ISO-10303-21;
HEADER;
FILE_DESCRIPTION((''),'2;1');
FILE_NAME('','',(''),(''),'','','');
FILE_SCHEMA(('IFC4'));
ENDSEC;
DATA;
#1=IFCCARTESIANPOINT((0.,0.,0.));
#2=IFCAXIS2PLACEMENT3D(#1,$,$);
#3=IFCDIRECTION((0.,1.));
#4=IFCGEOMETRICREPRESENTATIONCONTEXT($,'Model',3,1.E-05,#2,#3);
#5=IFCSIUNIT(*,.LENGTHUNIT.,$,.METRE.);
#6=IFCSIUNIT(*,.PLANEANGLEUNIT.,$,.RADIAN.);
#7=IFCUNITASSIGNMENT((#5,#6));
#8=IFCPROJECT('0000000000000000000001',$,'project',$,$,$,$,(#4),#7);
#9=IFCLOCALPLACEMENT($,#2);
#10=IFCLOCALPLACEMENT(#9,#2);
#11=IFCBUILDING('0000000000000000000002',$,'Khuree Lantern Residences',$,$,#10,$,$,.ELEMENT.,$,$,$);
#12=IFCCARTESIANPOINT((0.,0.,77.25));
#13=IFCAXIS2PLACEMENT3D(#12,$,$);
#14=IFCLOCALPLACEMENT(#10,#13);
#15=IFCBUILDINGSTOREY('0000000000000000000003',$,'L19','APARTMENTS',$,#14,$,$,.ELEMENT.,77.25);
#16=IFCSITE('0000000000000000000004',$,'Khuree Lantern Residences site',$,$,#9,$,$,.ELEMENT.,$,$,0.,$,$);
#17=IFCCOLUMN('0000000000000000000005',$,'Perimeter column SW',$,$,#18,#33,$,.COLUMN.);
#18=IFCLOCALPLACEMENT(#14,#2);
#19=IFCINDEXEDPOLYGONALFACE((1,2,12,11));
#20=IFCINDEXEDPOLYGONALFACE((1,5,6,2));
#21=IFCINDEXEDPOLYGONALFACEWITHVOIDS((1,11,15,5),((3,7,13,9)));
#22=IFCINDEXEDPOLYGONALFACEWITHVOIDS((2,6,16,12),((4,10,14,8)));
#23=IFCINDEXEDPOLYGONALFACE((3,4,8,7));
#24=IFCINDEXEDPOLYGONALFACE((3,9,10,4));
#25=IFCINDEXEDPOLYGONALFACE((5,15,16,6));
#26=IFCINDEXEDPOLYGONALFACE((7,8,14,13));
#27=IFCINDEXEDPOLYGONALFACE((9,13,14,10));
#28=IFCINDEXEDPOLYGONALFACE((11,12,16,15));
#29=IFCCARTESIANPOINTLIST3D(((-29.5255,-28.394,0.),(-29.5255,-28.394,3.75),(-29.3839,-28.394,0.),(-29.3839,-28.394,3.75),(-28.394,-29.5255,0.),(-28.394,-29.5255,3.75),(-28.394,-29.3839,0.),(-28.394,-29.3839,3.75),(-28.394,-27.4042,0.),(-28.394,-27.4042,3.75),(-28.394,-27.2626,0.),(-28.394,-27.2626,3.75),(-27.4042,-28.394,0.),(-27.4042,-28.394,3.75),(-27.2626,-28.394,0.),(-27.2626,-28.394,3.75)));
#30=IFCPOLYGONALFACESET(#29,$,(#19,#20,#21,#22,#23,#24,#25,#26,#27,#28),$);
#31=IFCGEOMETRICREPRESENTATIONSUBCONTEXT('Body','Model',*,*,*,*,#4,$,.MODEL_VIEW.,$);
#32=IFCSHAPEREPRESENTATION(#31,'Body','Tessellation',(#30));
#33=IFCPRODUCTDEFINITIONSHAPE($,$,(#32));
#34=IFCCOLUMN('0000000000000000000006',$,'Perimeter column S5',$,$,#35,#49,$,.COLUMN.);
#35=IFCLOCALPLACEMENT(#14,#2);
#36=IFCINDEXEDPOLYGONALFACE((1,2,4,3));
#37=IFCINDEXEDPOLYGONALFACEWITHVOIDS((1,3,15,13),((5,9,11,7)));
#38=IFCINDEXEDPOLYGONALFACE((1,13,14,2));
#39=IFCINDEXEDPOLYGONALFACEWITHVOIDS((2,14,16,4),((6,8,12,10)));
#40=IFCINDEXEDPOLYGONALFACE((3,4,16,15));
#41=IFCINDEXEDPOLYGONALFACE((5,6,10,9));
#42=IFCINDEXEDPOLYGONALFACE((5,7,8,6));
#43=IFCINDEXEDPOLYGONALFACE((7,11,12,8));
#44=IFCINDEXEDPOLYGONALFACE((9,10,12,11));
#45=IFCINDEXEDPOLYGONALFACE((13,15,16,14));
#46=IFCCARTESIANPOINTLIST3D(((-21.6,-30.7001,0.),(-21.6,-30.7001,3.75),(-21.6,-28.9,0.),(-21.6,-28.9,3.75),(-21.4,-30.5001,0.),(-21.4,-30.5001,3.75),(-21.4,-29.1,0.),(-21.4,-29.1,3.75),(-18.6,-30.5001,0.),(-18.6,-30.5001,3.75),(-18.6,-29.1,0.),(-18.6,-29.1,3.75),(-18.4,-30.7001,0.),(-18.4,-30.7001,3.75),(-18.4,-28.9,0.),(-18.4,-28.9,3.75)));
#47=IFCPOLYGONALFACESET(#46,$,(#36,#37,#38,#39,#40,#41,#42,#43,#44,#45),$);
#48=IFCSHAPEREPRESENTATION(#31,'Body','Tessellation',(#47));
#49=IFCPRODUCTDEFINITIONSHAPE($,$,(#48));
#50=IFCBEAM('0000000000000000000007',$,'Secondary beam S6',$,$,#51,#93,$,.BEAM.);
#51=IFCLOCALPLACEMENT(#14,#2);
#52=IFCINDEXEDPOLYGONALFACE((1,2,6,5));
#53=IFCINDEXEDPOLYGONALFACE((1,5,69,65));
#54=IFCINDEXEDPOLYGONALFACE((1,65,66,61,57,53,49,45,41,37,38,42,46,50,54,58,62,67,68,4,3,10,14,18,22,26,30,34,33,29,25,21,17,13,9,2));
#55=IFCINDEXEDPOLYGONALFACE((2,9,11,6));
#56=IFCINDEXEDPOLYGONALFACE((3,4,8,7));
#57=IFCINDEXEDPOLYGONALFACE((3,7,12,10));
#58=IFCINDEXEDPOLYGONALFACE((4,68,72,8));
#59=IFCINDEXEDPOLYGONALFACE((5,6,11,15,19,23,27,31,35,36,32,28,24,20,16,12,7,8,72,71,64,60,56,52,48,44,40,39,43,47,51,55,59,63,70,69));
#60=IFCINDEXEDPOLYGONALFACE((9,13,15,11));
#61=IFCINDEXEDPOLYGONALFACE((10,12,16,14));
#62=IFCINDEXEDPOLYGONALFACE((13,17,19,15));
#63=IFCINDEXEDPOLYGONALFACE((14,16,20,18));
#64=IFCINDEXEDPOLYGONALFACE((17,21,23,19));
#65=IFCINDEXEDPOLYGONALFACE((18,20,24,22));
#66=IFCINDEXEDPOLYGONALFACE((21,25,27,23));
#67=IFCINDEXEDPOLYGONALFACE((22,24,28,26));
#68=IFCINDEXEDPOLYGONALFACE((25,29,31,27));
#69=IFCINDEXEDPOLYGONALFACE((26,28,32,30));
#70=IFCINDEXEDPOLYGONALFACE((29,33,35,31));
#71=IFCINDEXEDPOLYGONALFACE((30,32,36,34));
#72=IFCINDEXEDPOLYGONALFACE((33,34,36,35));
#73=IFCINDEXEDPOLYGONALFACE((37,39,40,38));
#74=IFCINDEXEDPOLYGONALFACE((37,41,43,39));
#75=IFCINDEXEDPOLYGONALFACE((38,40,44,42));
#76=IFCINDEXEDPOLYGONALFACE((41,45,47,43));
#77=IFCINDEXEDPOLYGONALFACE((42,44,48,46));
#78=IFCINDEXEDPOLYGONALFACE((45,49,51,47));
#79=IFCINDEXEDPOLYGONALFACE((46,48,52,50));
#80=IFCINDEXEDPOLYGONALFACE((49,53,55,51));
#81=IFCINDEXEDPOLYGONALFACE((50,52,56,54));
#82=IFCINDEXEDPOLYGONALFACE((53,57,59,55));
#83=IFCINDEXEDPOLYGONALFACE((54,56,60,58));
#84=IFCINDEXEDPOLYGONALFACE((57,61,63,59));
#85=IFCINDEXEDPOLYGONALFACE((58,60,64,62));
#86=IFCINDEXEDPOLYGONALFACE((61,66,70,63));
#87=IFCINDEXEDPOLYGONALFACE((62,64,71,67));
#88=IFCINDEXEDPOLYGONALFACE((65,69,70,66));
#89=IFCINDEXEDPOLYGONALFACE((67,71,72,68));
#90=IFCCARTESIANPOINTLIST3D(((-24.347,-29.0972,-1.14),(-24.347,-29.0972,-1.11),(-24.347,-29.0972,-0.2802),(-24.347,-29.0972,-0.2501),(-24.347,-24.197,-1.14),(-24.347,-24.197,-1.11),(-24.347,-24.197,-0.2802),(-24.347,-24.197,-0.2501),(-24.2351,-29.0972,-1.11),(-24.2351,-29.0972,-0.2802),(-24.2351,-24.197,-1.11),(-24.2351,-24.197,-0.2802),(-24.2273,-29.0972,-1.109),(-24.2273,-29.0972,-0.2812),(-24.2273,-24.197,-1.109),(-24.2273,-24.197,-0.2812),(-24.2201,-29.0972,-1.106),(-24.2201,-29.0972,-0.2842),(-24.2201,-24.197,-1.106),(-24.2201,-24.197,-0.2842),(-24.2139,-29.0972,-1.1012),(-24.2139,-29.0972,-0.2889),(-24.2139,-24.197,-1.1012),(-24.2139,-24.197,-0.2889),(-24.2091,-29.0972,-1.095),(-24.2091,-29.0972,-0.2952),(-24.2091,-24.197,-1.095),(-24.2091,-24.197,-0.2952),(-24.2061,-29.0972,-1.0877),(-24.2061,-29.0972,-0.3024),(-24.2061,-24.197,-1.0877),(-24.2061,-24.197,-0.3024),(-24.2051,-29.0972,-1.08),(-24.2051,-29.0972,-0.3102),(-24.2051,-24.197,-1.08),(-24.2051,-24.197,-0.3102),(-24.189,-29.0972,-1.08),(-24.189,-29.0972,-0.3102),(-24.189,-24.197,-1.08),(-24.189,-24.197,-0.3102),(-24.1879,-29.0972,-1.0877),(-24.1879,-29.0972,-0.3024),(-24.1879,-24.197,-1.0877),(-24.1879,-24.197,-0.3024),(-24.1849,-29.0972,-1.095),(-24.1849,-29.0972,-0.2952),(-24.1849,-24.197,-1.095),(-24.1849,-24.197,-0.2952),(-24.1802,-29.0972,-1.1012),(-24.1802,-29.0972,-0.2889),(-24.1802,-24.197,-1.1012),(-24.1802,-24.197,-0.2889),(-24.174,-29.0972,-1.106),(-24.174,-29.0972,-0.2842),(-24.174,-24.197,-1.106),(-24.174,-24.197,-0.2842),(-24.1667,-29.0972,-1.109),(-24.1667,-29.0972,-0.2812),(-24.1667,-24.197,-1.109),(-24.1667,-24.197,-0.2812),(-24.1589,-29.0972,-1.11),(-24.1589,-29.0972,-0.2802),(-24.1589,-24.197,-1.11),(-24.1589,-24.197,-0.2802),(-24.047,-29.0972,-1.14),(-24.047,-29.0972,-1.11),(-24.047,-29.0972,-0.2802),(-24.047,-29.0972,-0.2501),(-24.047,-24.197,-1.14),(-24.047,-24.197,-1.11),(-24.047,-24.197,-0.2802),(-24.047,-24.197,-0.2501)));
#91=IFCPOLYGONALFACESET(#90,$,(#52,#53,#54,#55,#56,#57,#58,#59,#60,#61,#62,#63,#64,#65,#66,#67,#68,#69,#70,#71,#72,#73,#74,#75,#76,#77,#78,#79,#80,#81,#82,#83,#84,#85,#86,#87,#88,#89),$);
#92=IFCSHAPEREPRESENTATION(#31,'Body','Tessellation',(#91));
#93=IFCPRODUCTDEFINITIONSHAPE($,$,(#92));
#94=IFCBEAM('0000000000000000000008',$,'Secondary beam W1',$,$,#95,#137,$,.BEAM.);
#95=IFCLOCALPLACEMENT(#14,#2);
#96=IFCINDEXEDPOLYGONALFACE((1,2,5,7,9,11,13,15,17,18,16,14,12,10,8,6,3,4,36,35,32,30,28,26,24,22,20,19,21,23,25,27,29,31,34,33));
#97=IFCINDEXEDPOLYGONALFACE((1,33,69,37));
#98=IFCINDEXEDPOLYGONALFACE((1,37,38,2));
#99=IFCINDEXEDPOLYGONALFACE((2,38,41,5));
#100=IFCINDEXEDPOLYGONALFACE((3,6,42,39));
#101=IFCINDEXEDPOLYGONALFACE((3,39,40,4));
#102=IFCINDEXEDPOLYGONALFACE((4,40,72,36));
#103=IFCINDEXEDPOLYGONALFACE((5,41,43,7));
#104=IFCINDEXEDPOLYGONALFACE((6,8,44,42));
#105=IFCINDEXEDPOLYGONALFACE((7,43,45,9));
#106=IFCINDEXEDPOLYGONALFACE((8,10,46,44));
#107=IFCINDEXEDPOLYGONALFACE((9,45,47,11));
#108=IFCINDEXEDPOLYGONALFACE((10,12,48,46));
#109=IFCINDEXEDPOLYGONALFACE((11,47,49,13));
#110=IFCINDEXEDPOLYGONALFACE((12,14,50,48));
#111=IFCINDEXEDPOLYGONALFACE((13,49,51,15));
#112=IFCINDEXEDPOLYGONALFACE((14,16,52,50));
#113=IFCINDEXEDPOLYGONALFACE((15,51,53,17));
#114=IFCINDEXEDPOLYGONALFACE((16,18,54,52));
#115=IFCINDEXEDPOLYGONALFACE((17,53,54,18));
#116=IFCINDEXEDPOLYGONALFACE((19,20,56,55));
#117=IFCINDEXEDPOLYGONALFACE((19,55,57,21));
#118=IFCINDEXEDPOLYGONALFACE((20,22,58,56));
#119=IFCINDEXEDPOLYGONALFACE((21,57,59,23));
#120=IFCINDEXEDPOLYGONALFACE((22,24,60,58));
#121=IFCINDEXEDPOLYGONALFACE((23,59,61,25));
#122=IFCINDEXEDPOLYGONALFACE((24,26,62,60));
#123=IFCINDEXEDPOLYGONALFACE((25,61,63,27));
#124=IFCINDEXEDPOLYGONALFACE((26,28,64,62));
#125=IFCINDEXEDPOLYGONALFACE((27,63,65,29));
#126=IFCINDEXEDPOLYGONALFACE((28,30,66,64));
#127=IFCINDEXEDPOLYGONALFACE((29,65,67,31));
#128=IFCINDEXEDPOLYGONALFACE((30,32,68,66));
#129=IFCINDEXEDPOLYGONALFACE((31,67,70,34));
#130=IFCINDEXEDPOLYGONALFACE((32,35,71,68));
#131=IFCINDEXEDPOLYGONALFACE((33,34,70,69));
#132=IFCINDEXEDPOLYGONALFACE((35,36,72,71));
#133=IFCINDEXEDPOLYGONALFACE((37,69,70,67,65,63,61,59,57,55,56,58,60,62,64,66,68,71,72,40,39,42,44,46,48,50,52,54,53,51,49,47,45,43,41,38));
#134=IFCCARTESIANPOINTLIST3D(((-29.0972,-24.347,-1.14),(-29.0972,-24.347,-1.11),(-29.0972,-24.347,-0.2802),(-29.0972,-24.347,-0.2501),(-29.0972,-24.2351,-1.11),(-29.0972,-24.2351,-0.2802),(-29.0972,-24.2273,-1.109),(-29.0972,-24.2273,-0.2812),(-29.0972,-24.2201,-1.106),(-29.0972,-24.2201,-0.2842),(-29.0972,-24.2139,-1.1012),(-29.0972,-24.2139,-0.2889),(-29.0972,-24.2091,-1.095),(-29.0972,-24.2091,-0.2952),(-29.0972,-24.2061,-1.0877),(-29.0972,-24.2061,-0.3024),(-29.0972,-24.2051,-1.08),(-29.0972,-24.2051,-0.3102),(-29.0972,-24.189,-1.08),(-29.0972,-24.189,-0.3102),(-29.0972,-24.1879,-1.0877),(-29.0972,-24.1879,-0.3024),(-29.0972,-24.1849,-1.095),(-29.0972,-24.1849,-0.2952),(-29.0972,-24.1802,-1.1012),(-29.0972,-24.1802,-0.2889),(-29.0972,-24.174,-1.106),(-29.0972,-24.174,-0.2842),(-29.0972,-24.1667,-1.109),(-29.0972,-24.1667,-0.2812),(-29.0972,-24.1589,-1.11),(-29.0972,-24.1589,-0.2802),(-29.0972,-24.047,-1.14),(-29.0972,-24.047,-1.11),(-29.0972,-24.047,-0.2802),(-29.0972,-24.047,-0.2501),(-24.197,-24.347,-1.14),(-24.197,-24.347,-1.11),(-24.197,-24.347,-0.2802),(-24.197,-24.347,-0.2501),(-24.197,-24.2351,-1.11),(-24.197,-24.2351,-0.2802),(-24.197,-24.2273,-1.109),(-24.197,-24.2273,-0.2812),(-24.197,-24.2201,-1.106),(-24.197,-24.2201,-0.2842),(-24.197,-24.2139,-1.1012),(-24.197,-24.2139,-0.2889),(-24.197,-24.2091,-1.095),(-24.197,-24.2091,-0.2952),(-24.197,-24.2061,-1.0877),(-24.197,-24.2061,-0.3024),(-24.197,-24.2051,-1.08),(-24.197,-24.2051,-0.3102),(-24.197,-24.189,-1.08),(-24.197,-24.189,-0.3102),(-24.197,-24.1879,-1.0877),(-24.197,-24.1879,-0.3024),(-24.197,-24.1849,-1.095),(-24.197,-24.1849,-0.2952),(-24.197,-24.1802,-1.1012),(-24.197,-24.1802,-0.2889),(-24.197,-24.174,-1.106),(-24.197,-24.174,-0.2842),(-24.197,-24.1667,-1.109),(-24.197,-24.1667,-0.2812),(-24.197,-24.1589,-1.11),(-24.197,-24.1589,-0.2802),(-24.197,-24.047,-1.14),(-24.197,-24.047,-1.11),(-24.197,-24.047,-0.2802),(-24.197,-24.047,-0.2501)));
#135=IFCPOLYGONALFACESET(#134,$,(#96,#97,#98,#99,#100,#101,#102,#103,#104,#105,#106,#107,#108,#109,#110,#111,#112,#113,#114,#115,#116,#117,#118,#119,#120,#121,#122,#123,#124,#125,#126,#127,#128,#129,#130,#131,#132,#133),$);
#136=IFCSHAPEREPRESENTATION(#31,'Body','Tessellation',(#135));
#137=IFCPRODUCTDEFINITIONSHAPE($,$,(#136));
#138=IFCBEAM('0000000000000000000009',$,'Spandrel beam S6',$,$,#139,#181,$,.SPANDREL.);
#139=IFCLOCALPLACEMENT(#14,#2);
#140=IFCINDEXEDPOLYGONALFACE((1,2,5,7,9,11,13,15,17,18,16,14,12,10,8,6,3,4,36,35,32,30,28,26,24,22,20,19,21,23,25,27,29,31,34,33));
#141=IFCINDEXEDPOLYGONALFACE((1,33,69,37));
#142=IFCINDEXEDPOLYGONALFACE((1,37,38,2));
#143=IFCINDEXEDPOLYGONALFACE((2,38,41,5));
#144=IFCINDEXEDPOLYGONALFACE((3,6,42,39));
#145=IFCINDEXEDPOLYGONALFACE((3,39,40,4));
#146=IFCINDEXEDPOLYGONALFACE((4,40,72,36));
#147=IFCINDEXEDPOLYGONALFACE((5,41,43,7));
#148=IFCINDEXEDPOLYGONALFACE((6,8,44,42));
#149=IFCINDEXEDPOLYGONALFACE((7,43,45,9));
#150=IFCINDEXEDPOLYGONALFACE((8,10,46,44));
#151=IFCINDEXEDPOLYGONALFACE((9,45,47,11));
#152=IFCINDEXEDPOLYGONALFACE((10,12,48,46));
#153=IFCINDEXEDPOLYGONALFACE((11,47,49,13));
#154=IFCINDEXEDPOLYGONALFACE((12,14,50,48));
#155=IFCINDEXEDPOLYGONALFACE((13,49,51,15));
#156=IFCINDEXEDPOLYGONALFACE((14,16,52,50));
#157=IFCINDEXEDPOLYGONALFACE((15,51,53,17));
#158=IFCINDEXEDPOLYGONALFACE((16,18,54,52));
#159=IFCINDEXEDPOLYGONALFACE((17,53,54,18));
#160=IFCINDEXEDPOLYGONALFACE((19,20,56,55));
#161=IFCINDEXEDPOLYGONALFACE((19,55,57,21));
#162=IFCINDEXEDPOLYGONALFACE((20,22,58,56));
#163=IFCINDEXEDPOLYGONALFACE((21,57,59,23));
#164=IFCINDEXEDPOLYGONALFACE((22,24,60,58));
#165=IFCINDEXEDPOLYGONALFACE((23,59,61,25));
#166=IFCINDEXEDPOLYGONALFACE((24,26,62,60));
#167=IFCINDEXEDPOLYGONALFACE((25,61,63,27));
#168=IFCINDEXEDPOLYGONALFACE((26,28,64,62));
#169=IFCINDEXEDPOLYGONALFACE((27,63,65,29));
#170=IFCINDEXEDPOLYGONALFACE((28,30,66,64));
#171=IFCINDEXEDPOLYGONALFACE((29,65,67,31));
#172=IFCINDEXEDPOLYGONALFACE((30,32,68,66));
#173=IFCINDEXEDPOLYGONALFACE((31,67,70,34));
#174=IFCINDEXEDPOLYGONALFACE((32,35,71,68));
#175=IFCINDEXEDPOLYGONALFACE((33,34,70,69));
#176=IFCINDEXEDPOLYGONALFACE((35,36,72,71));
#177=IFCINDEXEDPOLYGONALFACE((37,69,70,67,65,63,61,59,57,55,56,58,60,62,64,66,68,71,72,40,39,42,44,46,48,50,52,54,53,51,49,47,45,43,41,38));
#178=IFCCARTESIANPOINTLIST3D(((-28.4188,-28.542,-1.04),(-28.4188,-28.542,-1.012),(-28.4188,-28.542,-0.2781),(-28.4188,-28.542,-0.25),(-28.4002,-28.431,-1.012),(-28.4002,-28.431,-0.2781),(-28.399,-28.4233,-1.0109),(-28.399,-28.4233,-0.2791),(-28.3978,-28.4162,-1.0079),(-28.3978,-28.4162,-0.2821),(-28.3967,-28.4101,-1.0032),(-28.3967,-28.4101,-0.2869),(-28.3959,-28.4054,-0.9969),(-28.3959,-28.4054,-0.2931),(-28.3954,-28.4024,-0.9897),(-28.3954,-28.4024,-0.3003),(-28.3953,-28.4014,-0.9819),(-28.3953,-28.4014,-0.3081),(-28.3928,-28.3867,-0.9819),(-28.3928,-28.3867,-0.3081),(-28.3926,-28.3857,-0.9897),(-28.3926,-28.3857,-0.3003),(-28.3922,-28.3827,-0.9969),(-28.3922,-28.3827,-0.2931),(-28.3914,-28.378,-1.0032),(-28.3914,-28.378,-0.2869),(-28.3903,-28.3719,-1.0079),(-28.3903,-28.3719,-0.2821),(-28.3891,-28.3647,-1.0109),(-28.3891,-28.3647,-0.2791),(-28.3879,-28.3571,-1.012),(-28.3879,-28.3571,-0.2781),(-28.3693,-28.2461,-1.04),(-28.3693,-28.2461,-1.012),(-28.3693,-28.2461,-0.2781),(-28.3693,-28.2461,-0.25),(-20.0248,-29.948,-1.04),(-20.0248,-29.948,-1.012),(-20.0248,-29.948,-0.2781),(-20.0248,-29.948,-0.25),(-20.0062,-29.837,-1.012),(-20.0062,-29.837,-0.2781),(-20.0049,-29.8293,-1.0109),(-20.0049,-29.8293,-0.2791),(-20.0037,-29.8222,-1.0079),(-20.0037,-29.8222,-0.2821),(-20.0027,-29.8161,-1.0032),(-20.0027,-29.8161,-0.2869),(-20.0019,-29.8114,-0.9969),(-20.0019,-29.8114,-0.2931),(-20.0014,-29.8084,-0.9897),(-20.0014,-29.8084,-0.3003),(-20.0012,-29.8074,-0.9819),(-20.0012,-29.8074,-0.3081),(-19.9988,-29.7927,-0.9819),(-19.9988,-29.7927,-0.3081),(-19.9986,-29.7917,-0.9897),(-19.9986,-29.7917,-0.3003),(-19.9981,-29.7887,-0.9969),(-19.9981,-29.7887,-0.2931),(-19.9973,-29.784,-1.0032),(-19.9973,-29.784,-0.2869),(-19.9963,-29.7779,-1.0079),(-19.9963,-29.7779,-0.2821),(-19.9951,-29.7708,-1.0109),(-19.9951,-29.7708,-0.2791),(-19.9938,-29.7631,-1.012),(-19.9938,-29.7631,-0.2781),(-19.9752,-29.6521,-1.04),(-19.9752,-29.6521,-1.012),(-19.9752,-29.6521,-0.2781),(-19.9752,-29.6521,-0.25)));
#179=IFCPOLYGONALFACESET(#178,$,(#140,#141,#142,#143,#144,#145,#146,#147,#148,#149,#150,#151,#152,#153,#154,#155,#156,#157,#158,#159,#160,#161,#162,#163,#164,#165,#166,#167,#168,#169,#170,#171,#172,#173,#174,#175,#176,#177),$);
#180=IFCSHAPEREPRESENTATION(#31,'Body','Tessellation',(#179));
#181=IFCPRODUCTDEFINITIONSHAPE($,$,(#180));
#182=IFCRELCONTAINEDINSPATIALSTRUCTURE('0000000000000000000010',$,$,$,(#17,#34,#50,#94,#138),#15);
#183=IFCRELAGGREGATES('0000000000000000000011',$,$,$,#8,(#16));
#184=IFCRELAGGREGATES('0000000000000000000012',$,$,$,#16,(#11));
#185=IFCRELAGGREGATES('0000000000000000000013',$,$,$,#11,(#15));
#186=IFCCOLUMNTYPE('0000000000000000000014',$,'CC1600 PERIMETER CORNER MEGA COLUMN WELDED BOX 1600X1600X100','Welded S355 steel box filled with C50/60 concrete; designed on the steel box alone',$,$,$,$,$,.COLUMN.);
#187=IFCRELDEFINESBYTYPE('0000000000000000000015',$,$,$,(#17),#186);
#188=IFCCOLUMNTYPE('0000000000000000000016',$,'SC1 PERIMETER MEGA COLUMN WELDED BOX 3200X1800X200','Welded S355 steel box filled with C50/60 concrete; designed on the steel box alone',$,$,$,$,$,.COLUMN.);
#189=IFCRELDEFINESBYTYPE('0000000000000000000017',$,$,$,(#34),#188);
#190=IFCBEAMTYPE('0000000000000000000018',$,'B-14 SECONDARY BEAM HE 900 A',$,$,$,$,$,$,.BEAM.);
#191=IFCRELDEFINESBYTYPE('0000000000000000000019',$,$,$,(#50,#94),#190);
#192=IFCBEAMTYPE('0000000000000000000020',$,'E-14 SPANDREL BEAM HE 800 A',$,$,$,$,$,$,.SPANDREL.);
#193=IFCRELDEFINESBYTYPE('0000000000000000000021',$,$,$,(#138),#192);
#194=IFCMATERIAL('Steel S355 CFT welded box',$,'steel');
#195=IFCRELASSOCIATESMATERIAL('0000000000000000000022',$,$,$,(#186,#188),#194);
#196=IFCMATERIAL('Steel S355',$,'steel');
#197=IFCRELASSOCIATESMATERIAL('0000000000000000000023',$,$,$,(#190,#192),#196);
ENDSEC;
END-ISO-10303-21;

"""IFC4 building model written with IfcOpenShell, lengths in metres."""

from ifc_helpers import new_model, si_unit, direction, frame, origin, origin_2d, place, context, subcontext, project, spatial, hollow_rectangle, i_section, extrude, material, material_profile, profile_set, type_object, element, save


model = new_model("IFC4")

# Units and contexts
model_context = context("Model", 3, precision=1e-05, world=origin(), true_north=direction((0.0, 1.0)))
body_context = subcontext(model_context, "Body", "Model", "MODEL_VIEW")
ifc_project = project(units=[si_unit("LENGTHUNIT", "METRE"), si_unit("PLANEANGLEUNIT", "RADIAN")], contexts=[model_context])

# Site, building, storey
site_placement = place(None, origin())
site = spatial("IfcSite", under=ifc_project, at=site_placement, Name="Khuree Lantern Residences site", CompositionType="ELEMENT", RefElevation=0.0)
building_placement = place(site_placement, origin())
building = spatial("IfcBuilding", under=site, at=building_placement, Name="Khuree Lantern Residences", CompositionType="ELEMENT")
storey_placement = place(building_placement, frame((0.0, 0.0, 77.25)))
storey = spatial("IfcBuildingStorey", under=building, at=storey_placement, Name="L19", Description="APARTMENTS", CompositionType="ELEMENT", Elevation=77.25)

# Columns
ifc_material_1 = material(Name="Steel S355 CFT welded box", Category="steel")
ifc_material_profile_1 = material_profile(ifc_material_1, hollow_rectangle(XDim=1.6001, YDim=1.6001, WallThickness=0.1001, at=origin_2d()), Name="WELDED BOX 1600X1600X100")
ifc_profile_set_1 = profile_set([ifc_material_profile_1], Name="Steel S355 CFT welded box")
column_type_1 = type_object("IfcColumnType", Name="CC1600 PERIMETER CORNER MEGA COLUMN WELDED BOX 1600X1600X100", Description="Welded S355 steel box filled with C50/60 concrete; designed on the steel box alone", PredefinedType="COLUMN", material=ifc_profile_set_1)
column_1_placement = place(storey_placement, frame((-28.394, -28.394, 0.0), z_axis=(0.0, 0.0, 1.0), x_axis=(0.707107, -0.707107, 0.0)))
element("IfcColumn", 1, at=column_1_placement, inside=storey, type_object=column_type_1, Name="Perimeter column SW", PredefinedType="COLUMN", context=body_context, shape_type="SweptSolid", body=[
    extrude(hollow_rectangle(XDim=1.6001, YDim=1.6001, WallThickness=0.1001, at=origin_2d()), origin(), (0.0, 0.0, 1.0), 3.75),
])
ifc_material_profile_2 = material_profile(ifc_material_1, hollow_rectangle(XDim=3.2, YDim=1.8, WallThickness=0.2, at=origin_2d()), Name="WELDED BOX 3200X1800X200")
ifc_profile_set_2 = profile_set([ifc_material_profile_2], Name="Steel S355 CFT welded box")
column_type_2 = type_object("IfcColumnType", Name="SC1 PERIMETER MEGA COLUMN WELDED BOX 3200X1800X200", Description="Welded S355 steel box filled with C50/60 concrete; designed on the steel box alone", PredefinedType="COLUMN", material=ifc_profile_set_2)
column_2_placement = place(storey_placement, frame((-20.0, -29.8, 0.0), z_axis=(0.0, 0.0, 1.0), x_axis=(1.0, 0.0, 0.0)))
element("IfcColumn", 2, at=column_2_placement, inside=storey, type_object=column_type_2, Name="Perimeter column S5", PredefinedType="COLUMN", context=body_context, shape_type="SweptSolid", body=[
    extrude(hollow_rectangle(XDim=3.2, YDim=1.8, WallThickness=0.2, at=origin_2d()), origin(), (0.0, 0.0, 1.0), 3.75),
])

# Beams
ifc_material_2 = material(Name="Steel S355", Category="steel")
ifc_material_profile_3 = material_profile(ifc_material_2, i_section(OverallWidth=0.3, OverallDepth=0.8899, WebThickness=0.0161, FlangeThickness=0.03, FilletRadius=0.03, at=origin_2d()), Name="HE 900 A")
ifc_profile_set_3 = profile_set([ifc_material_profile_3], Name="Steel S355")
beam_type_1 = type_object("IfcBeamType", Name="B-14 SECONDARY BEAM HE 900 A", PredefinedType="BEAM", material=ifc_profile_set_3)
for number, where, z_axis, x_axis, name in (
    (3, (-24.197, -29.0972, -0.6951), (0.0, 1.0, 0.0), (-1.0, 0.0, 0.0), "Secondary beam S6"),
    (4, (-29.0972, -24.197, -0.6951), (1.0, 0.0, 0.0), (0.0, 1.0, 0.0), "Secondary beam W1"),
):
    element("IfcBeam", number, at=place(storey_placement, frame(where, z_axis=z_axis, x_axis=x_axis)), inside=storey, type_object=beam_type_1, Name=name, PredefinedType="BEAM", context=body_context, shape_type="SweptSolid", body=[
        extrude(i_section(OverallWidth=0.3, OverallDepth=0.8899, WebThickness=0.0161, FlangeThickness=0.03, FilletRadius=0.03, at=origin_2d()), origin(), (0.0, 0.0, 1.0), 4.9001),
    ])
ifc_material_profile_4 = material_profile(ifc_material_2, i_section(OverallWidth=0.3, OverallDepth=0.79, WebThickness=0.0149, FlangeThickness=0.0281, FilletRadius=0.03, at=origin_2d()), Name="HE 800 A")
ifc_profile_set_4 = profile_set([ifc_material_profile_4], Name="Steel S355")
beam_type_2 = type_object("IfcBeamType", Name="E-14 SPANDREL BEAM HE 800 A", PredefinedType="SPANDREL", material=ifc_profile_set_4)
for number, where, z_axis, x_axis, name in (
    (5, (-20.0, -29.8, -0.645), (-0.98626, 0.165199, 0.0), (-0.165199, -0.98626, 0.0), "Spandrel beam S6"),
):
    element("IfcBeam", number, at=place(storey_placement, frame(where, z_axis=z_axis, x_axis=x_axis)), inside=storey, type_object=beam_type_2, Name=name, PredefinedType="SPANDREL", context=body_context, shape_type="SweptSolid", body=[
        extrude(i_section(OverallWidth=0.3, OverallDepth=0.79, WebThickness=0.0149, FlangeThickness=0.0281, FilletRadius=0.03, at=origin_2d()), origin(), (0.0, 0.0, 1.0), 8.511),
    ])

save(model, "model.ifc")
